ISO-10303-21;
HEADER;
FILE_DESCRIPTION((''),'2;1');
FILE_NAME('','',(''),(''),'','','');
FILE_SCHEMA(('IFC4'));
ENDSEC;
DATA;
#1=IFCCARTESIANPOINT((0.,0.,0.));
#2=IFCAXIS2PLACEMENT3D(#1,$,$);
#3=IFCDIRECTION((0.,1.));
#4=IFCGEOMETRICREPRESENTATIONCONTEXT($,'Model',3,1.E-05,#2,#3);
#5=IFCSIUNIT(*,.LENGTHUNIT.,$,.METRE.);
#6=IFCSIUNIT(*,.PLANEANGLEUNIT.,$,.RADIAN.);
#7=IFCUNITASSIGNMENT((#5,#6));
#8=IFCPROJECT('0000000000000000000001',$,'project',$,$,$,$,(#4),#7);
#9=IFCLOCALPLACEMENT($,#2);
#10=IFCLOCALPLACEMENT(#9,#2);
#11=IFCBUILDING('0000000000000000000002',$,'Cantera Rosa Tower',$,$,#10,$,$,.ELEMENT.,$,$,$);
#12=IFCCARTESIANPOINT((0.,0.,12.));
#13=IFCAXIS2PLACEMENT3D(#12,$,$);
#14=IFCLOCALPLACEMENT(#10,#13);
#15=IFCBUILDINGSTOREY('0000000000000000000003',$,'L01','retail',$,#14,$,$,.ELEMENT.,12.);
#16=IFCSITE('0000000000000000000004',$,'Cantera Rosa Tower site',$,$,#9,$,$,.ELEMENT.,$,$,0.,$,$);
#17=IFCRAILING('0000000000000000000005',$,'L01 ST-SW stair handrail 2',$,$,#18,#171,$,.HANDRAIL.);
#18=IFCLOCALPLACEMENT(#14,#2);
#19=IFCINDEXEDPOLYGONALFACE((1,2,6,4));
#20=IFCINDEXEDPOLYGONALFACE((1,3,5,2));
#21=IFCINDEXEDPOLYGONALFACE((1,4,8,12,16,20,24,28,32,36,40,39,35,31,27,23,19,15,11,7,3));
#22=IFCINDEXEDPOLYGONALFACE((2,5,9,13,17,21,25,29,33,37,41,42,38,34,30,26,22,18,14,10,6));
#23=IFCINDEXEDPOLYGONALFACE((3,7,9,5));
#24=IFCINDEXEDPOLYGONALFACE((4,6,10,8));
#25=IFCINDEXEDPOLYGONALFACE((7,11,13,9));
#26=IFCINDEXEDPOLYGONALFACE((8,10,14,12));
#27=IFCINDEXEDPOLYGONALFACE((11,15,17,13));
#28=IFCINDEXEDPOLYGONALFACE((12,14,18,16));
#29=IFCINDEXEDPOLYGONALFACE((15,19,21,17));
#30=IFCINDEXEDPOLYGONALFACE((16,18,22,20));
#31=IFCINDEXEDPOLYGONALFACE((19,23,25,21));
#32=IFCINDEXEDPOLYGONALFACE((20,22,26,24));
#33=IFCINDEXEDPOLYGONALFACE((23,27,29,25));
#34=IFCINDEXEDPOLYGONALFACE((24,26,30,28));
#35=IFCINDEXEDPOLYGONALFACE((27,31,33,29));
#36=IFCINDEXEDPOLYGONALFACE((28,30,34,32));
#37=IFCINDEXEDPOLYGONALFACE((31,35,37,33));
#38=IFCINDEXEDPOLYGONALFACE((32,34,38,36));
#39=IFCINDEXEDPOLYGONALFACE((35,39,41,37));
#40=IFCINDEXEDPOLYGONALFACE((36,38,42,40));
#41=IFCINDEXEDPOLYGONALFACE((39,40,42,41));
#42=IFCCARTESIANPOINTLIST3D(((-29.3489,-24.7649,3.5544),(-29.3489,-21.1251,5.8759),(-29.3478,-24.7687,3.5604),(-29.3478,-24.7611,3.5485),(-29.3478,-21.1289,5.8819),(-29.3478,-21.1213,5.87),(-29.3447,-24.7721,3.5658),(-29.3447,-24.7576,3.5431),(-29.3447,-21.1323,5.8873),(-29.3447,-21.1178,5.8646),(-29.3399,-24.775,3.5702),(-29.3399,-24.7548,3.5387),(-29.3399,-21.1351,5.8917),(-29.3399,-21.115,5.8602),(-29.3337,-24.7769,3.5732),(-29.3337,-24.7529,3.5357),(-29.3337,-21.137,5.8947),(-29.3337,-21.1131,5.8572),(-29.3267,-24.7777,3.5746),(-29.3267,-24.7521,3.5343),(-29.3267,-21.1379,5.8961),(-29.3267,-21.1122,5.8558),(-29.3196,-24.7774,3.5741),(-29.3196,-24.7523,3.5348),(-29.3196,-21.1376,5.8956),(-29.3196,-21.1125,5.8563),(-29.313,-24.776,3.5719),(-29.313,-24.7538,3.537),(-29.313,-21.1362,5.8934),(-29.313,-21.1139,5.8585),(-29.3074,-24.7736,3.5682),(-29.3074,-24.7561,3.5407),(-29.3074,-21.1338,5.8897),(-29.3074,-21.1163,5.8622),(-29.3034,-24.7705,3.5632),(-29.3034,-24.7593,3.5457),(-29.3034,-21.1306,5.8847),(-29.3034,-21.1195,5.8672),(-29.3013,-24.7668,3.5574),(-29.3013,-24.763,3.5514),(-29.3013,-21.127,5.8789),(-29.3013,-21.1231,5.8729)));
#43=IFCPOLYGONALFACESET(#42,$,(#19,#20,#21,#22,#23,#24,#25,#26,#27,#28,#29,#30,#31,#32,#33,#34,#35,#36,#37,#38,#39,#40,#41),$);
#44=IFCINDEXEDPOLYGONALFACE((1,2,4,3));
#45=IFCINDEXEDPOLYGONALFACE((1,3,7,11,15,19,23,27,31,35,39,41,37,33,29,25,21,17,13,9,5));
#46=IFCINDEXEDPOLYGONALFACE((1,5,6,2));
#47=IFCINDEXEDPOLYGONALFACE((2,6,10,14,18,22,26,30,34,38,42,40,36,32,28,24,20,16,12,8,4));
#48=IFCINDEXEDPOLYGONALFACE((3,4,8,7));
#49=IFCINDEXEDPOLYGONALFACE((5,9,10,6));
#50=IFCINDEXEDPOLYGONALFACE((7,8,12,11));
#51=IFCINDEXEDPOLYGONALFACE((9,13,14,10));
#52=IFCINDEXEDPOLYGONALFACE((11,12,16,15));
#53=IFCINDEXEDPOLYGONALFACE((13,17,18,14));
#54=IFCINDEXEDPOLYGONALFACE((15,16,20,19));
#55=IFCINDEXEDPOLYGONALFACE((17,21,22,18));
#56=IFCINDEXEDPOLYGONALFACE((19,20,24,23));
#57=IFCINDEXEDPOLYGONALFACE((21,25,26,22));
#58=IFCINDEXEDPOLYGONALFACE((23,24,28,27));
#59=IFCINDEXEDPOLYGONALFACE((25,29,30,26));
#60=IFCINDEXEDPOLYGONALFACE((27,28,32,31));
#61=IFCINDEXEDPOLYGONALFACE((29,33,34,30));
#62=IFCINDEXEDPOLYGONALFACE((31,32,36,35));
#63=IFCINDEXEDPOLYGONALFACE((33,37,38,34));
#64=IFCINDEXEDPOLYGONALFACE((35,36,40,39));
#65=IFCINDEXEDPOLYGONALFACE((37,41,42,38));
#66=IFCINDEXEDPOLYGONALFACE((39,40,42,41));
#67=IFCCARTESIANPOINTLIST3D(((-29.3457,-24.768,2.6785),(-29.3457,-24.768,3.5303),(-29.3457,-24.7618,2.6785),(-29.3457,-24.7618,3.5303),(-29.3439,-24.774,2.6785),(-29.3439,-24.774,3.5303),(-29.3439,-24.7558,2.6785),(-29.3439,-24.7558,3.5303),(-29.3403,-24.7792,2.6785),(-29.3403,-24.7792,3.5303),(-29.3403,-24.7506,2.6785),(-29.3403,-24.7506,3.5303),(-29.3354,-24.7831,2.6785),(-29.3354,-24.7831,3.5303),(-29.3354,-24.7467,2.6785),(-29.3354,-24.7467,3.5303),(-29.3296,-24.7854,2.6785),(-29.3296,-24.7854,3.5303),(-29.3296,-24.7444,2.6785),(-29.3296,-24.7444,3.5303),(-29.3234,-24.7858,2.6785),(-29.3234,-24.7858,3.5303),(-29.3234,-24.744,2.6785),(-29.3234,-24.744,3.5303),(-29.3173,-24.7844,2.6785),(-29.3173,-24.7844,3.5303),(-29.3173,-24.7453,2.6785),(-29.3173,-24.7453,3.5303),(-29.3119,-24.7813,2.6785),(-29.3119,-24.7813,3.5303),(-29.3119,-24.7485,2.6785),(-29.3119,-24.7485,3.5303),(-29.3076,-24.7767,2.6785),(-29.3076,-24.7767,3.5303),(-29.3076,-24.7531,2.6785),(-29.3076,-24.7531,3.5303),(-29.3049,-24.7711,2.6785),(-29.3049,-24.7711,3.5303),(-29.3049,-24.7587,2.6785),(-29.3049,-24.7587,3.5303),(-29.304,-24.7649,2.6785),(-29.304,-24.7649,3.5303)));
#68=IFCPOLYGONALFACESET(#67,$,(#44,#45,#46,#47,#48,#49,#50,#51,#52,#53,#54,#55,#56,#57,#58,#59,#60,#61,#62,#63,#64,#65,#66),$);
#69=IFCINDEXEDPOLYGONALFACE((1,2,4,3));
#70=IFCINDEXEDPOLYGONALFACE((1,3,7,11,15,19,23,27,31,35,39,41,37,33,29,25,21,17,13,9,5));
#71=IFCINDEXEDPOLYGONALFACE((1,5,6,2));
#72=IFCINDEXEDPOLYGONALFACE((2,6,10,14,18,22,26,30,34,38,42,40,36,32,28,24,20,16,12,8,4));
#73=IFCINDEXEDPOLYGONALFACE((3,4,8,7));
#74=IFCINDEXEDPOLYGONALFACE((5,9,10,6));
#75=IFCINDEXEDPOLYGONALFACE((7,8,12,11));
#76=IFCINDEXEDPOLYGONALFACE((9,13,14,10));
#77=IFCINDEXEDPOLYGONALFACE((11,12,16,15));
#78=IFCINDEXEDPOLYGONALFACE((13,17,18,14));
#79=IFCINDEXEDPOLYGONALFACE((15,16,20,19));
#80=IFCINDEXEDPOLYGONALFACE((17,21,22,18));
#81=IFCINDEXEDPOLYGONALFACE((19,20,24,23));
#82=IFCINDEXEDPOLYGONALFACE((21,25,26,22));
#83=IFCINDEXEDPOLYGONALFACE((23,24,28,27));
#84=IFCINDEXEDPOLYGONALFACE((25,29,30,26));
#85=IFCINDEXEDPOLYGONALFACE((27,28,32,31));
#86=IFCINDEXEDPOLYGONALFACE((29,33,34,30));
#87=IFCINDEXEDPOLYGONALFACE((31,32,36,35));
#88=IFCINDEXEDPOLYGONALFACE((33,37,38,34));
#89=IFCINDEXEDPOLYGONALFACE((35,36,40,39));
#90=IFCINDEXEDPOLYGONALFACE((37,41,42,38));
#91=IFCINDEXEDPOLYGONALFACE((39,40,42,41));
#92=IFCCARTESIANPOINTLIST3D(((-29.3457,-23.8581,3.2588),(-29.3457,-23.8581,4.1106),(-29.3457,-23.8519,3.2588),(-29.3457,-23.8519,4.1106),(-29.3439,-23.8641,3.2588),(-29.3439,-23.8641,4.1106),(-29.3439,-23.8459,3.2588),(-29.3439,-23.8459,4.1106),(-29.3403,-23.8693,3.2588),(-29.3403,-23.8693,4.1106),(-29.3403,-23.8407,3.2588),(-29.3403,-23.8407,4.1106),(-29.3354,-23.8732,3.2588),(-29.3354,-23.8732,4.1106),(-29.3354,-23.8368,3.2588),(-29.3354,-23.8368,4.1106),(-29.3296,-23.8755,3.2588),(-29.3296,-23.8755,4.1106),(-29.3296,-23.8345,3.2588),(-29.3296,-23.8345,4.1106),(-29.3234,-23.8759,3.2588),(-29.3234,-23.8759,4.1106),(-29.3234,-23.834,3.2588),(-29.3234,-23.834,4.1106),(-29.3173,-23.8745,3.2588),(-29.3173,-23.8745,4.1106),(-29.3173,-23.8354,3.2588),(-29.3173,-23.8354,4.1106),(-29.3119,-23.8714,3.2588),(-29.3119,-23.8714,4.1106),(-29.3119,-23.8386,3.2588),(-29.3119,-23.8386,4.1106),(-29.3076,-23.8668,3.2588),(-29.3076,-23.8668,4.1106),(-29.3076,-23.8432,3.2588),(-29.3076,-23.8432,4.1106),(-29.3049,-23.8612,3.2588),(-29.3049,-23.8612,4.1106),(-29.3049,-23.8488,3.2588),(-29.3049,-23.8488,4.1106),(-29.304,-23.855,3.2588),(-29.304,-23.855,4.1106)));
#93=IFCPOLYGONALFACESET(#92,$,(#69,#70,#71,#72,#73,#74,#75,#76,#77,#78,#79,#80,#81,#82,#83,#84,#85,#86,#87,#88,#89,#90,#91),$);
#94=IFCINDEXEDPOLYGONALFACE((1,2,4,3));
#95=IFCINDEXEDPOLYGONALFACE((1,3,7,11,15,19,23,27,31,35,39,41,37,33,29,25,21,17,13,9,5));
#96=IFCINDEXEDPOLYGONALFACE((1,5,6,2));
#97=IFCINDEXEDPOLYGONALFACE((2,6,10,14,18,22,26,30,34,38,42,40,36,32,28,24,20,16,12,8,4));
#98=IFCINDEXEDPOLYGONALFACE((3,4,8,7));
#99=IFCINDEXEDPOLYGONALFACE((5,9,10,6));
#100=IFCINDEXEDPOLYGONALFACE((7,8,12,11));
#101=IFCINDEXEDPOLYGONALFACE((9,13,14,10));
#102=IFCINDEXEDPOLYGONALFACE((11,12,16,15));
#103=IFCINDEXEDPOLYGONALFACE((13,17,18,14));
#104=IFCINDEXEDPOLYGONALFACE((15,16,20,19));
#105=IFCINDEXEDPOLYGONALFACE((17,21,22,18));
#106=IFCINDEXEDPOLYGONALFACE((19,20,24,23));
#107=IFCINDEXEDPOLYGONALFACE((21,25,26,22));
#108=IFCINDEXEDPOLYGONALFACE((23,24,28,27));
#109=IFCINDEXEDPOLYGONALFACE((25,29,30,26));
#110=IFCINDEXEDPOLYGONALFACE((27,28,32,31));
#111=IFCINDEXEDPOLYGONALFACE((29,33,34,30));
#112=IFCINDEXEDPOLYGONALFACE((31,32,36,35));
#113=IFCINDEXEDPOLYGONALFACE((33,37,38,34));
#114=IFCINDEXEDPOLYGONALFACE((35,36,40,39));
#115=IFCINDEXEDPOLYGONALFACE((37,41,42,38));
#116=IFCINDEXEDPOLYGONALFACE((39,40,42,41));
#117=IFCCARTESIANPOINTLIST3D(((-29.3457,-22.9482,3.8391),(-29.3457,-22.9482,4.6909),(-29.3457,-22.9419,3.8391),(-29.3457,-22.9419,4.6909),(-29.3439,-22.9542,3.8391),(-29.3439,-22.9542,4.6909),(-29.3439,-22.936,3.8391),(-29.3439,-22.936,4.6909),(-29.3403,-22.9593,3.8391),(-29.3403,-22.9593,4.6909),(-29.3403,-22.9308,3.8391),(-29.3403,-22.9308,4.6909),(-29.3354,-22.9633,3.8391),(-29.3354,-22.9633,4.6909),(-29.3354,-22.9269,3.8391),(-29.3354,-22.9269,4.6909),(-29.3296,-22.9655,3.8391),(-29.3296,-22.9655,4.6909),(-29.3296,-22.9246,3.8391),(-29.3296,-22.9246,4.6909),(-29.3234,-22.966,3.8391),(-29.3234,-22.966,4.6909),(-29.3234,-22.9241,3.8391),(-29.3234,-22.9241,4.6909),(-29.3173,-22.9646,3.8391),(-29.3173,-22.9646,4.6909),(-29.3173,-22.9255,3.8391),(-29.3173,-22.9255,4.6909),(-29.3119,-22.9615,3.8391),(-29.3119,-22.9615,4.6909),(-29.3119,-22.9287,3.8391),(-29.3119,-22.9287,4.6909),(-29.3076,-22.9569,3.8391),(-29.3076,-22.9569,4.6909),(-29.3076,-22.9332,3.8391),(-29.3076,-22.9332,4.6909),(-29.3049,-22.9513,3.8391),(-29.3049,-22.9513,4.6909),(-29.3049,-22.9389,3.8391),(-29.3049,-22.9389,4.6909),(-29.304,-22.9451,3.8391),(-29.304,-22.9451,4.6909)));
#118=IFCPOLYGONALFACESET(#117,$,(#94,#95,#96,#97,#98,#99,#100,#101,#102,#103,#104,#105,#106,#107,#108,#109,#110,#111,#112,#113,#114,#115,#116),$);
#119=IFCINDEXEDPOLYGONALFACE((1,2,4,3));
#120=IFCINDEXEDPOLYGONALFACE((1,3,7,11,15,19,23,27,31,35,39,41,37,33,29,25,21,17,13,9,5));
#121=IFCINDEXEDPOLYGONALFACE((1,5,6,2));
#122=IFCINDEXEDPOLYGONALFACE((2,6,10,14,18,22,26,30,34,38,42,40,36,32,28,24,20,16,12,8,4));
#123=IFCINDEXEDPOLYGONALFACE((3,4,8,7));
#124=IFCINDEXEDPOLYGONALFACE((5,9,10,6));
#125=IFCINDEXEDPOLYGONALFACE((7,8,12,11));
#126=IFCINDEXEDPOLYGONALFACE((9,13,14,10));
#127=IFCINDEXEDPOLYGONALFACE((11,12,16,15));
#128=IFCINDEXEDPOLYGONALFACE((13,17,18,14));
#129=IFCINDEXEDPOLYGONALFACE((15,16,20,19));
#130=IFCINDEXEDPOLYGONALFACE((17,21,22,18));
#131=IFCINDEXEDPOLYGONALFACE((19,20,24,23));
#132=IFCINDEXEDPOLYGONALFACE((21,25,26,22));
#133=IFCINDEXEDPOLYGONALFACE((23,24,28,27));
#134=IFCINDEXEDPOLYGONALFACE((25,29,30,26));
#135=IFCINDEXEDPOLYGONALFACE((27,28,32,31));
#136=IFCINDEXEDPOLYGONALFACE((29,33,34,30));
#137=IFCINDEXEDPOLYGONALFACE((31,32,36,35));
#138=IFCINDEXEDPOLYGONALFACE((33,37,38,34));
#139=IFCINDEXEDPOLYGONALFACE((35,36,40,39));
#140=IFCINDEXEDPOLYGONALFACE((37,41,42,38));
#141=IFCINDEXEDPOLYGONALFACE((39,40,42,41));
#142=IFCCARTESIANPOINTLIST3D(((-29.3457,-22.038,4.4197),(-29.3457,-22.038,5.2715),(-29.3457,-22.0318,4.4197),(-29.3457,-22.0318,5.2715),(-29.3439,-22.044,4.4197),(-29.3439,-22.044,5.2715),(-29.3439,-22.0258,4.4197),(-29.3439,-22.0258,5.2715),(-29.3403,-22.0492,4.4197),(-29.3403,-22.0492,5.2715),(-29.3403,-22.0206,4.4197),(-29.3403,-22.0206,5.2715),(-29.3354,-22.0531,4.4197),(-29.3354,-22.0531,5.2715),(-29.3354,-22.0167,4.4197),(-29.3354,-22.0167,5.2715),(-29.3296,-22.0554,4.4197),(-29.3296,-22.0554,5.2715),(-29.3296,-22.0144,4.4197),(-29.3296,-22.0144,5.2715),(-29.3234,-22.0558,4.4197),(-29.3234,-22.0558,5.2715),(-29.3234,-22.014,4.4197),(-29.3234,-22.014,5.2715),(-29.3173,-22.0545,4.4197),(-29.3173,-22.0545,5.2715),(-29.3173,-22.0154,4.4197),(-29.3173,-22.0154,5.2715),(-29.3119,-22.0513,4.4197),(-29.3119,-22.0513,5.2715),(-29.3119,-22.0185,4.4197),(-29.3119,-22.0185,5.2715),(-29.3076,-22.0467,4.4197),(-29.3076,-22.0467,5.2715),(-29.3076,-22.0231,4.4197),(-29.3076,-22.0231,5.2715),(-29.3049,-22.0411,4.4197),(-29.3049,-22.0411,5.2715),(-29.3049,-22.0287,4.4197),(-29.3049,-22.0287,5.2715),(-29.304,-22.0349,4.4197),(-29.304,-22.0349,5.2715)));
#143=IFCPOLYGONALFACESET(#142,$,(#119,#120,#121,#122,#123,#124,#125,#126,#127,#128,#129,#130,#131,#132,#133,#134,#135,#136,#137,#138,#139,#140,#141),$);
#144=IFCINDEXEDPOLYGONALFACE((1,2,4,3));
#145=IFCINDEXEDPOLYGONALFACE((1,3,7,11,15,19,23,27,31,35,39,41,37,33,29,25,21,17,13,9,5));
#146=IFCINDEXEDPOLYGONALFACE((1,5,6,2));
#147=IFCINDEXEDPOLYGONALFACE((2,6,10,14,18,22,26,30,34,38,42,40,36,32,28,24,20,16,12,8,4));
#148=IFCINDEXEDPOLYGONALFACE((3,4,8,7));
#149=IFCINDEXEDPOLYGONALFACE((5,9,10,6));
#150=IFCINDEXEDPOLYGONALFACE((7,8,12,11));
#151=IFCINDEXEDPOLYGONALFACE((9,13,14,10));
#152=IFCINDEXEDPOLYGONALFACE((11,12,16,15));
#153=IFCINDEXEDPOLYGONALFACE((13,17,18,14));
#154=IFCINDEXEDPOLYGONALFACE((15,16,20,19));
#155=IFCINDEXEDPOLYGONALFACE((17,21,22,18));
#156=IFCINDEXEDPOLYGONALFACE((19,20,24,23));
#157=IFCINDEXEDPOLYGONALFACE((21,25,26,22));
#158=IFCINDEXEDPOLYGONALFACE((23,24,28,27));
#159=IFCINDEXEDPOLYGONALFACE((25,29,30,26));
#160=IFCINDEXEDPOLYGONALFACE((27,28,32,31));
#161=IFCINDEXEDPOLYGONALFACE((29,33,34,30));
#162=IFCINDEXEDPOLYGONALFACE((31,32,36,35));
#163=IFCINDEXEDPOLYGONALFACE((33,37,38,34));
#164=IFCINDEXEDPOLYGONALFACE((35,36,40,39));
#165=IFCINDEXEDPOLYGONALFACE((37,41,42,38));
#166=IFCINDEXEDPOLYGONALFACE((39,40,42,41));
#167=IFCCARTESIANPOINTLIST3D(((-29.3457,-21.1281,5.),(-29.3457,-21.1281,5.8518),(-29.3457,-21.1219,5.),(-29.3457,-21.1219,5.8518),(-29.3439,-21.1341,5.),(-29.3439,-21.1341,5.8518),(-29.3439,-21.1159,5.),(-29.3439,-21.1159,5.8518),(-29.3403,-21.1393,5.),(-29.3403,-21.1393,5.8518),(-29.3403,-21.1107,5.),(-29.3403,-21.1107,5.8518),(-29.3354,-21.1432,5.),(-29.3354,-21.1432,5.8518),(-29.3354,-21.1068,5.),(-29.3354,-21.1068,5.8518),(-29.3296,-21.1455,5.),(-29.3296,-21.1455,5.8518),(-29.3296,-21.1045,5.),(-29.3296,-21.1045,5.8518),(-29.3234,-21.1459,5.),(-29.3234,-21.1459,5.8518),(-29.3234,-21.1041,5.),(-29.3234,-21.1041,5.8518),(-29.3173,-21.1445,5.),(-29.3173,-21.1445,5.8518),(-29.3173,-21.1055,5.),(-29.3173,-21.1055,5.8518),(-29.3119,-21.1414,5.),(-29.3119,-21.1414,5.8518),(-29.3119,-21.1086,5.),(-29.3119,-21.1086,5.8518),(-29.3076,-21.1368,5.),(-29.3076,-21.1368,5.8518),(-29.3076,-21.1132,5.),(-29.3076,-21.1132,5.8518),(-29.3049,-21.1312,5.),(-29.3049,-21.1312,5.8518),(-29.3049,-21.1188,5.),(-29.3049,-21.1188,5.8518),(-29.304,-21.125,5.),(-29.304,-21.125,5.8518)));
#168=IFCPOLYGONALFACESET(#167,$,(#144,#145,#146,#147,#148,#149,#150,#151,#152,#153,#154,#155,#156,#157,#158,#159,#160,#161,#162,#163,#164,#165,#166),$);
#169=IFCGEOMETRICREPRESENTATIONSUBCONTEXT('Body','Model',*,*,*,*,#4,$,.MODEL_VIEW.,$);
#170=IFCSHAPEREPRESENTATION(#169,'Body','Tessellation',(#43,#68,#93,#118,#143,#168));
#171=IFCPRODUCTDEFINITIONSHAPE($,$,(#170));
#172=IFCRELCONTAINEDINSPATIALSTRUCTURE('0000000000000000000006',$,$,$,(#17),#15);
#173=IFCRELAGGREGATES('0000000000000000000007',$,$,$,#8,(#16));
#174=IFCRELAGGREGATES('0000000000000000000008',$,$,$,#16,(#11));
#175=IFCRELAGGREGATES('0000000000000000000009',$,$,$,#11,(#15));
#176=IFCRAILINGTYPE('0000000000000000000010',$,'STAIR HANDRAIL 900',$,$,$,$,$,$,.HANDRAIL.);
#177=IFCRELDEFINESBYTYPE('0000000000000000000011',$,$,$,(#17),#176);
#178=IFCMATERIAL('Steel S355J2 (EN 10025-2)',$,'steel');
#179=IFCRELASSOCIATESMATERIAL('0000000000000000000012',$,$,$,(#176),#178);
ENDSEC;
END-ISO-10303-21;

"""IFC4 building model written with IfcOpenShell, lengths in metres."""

from ifc_helpers import new_model, si_unit, direction, frame, origin, origin_2d, place, context, subcontext, project, spatial, circle, extrude, material, type_object, element, save


model = new_model("IFC4")

# Units and contexts
model_context = context("Model", 3, precision=1e-05, world=origin(), true_north=direction((0.0, 1.0)))
body_context = subcontext(model_context, "Body", "Model", "MODEL_VIEW")
ifc_project = project(units=[si_unit("LENGTHUNIT", "METRE"), si_unit("PLANEANGLEUNIT", "RADIAN")], contexts=[model_context])

# Site, building, storey
site_placement = place(None, origin())
site = spatial("IfcSite", under=ifc_project, at=site_placement, Name="Cantera Rosa Tower site", CompositionType="ELEMENT", RefElevation=0.0)
building_placement = place(site_placement, origin())
building = spatial("IfcBuilding", under=site, at=building_placement, Name="Cantera Rosa Tower", CompositionType="ELEMENT")
storey_placement = place(building_placement, frame((0.0, 0.0, 12.0)))
storey = spatial("IfcBuildingStorey", under=building, at=storey_placement, Name="L01", Description="retail", CompositionType="ELEMENT", Elevation=12.0)

# Railing
ifc_material_1 = material(Name="Steel S355J2 (EN 10025-2)", Category="steel")
railing_type_1 = type_object("IfcRailingType", Name="STAIR HANDRAIL 900", PredefinedType="HANDRAIL", material=ifc_material_1)
railing_1_placement = place(storey_placement, frame((-29.325, -24.7649, 2.6785)))
element("IfcRailing", 1, at=railing_1_placement, inside=storey, type_object=railing_type_1, Name="L01 ST-SW stair handrail 2", PredefinedType="HANDRAIL", context=body_context, shape_type="SweptSolid", body=[
    extrude(circle(Radius=0.0239, at=origin_2d()), frame((0.0, 0.0, 0.876), z_axis=(0.0, 0.843112, 0.537739), x_axis=(-1.0, 0.0, 0.0)), (0.0, 0.0, 1.0), 4.3171),
    extrude(circle(Radius=0.021, at=origin_2d()), origin(), (0.0, 0.0, 1.0), 0.8518),
    extrude(circle(Radius=0.021, at=origin_2d()), frame((0.0, 0.9099, 0.5803)), (0.0, 0.0, 1.0), 0.8518),
    extrude(circle(Radius=0.021, at=origin_2d()), frame((0.0, 1.8198, 1.1606)), (0.0, 0.0, 1.0), 0.8518),
    extrude(circle(Radius=0.021, at=origin_2d()), frame((0.0, 2.73, 1.7412)), (0.0, 0.0, 1.0), 0.8518),
    extrude(circle(Radius=0.021, at=origin_2d()), frame((0.0, 3.6399, 2.3215)), (0.0, 0.0, 1.0), 0.8518),
])

save(model, "model.ifc")
